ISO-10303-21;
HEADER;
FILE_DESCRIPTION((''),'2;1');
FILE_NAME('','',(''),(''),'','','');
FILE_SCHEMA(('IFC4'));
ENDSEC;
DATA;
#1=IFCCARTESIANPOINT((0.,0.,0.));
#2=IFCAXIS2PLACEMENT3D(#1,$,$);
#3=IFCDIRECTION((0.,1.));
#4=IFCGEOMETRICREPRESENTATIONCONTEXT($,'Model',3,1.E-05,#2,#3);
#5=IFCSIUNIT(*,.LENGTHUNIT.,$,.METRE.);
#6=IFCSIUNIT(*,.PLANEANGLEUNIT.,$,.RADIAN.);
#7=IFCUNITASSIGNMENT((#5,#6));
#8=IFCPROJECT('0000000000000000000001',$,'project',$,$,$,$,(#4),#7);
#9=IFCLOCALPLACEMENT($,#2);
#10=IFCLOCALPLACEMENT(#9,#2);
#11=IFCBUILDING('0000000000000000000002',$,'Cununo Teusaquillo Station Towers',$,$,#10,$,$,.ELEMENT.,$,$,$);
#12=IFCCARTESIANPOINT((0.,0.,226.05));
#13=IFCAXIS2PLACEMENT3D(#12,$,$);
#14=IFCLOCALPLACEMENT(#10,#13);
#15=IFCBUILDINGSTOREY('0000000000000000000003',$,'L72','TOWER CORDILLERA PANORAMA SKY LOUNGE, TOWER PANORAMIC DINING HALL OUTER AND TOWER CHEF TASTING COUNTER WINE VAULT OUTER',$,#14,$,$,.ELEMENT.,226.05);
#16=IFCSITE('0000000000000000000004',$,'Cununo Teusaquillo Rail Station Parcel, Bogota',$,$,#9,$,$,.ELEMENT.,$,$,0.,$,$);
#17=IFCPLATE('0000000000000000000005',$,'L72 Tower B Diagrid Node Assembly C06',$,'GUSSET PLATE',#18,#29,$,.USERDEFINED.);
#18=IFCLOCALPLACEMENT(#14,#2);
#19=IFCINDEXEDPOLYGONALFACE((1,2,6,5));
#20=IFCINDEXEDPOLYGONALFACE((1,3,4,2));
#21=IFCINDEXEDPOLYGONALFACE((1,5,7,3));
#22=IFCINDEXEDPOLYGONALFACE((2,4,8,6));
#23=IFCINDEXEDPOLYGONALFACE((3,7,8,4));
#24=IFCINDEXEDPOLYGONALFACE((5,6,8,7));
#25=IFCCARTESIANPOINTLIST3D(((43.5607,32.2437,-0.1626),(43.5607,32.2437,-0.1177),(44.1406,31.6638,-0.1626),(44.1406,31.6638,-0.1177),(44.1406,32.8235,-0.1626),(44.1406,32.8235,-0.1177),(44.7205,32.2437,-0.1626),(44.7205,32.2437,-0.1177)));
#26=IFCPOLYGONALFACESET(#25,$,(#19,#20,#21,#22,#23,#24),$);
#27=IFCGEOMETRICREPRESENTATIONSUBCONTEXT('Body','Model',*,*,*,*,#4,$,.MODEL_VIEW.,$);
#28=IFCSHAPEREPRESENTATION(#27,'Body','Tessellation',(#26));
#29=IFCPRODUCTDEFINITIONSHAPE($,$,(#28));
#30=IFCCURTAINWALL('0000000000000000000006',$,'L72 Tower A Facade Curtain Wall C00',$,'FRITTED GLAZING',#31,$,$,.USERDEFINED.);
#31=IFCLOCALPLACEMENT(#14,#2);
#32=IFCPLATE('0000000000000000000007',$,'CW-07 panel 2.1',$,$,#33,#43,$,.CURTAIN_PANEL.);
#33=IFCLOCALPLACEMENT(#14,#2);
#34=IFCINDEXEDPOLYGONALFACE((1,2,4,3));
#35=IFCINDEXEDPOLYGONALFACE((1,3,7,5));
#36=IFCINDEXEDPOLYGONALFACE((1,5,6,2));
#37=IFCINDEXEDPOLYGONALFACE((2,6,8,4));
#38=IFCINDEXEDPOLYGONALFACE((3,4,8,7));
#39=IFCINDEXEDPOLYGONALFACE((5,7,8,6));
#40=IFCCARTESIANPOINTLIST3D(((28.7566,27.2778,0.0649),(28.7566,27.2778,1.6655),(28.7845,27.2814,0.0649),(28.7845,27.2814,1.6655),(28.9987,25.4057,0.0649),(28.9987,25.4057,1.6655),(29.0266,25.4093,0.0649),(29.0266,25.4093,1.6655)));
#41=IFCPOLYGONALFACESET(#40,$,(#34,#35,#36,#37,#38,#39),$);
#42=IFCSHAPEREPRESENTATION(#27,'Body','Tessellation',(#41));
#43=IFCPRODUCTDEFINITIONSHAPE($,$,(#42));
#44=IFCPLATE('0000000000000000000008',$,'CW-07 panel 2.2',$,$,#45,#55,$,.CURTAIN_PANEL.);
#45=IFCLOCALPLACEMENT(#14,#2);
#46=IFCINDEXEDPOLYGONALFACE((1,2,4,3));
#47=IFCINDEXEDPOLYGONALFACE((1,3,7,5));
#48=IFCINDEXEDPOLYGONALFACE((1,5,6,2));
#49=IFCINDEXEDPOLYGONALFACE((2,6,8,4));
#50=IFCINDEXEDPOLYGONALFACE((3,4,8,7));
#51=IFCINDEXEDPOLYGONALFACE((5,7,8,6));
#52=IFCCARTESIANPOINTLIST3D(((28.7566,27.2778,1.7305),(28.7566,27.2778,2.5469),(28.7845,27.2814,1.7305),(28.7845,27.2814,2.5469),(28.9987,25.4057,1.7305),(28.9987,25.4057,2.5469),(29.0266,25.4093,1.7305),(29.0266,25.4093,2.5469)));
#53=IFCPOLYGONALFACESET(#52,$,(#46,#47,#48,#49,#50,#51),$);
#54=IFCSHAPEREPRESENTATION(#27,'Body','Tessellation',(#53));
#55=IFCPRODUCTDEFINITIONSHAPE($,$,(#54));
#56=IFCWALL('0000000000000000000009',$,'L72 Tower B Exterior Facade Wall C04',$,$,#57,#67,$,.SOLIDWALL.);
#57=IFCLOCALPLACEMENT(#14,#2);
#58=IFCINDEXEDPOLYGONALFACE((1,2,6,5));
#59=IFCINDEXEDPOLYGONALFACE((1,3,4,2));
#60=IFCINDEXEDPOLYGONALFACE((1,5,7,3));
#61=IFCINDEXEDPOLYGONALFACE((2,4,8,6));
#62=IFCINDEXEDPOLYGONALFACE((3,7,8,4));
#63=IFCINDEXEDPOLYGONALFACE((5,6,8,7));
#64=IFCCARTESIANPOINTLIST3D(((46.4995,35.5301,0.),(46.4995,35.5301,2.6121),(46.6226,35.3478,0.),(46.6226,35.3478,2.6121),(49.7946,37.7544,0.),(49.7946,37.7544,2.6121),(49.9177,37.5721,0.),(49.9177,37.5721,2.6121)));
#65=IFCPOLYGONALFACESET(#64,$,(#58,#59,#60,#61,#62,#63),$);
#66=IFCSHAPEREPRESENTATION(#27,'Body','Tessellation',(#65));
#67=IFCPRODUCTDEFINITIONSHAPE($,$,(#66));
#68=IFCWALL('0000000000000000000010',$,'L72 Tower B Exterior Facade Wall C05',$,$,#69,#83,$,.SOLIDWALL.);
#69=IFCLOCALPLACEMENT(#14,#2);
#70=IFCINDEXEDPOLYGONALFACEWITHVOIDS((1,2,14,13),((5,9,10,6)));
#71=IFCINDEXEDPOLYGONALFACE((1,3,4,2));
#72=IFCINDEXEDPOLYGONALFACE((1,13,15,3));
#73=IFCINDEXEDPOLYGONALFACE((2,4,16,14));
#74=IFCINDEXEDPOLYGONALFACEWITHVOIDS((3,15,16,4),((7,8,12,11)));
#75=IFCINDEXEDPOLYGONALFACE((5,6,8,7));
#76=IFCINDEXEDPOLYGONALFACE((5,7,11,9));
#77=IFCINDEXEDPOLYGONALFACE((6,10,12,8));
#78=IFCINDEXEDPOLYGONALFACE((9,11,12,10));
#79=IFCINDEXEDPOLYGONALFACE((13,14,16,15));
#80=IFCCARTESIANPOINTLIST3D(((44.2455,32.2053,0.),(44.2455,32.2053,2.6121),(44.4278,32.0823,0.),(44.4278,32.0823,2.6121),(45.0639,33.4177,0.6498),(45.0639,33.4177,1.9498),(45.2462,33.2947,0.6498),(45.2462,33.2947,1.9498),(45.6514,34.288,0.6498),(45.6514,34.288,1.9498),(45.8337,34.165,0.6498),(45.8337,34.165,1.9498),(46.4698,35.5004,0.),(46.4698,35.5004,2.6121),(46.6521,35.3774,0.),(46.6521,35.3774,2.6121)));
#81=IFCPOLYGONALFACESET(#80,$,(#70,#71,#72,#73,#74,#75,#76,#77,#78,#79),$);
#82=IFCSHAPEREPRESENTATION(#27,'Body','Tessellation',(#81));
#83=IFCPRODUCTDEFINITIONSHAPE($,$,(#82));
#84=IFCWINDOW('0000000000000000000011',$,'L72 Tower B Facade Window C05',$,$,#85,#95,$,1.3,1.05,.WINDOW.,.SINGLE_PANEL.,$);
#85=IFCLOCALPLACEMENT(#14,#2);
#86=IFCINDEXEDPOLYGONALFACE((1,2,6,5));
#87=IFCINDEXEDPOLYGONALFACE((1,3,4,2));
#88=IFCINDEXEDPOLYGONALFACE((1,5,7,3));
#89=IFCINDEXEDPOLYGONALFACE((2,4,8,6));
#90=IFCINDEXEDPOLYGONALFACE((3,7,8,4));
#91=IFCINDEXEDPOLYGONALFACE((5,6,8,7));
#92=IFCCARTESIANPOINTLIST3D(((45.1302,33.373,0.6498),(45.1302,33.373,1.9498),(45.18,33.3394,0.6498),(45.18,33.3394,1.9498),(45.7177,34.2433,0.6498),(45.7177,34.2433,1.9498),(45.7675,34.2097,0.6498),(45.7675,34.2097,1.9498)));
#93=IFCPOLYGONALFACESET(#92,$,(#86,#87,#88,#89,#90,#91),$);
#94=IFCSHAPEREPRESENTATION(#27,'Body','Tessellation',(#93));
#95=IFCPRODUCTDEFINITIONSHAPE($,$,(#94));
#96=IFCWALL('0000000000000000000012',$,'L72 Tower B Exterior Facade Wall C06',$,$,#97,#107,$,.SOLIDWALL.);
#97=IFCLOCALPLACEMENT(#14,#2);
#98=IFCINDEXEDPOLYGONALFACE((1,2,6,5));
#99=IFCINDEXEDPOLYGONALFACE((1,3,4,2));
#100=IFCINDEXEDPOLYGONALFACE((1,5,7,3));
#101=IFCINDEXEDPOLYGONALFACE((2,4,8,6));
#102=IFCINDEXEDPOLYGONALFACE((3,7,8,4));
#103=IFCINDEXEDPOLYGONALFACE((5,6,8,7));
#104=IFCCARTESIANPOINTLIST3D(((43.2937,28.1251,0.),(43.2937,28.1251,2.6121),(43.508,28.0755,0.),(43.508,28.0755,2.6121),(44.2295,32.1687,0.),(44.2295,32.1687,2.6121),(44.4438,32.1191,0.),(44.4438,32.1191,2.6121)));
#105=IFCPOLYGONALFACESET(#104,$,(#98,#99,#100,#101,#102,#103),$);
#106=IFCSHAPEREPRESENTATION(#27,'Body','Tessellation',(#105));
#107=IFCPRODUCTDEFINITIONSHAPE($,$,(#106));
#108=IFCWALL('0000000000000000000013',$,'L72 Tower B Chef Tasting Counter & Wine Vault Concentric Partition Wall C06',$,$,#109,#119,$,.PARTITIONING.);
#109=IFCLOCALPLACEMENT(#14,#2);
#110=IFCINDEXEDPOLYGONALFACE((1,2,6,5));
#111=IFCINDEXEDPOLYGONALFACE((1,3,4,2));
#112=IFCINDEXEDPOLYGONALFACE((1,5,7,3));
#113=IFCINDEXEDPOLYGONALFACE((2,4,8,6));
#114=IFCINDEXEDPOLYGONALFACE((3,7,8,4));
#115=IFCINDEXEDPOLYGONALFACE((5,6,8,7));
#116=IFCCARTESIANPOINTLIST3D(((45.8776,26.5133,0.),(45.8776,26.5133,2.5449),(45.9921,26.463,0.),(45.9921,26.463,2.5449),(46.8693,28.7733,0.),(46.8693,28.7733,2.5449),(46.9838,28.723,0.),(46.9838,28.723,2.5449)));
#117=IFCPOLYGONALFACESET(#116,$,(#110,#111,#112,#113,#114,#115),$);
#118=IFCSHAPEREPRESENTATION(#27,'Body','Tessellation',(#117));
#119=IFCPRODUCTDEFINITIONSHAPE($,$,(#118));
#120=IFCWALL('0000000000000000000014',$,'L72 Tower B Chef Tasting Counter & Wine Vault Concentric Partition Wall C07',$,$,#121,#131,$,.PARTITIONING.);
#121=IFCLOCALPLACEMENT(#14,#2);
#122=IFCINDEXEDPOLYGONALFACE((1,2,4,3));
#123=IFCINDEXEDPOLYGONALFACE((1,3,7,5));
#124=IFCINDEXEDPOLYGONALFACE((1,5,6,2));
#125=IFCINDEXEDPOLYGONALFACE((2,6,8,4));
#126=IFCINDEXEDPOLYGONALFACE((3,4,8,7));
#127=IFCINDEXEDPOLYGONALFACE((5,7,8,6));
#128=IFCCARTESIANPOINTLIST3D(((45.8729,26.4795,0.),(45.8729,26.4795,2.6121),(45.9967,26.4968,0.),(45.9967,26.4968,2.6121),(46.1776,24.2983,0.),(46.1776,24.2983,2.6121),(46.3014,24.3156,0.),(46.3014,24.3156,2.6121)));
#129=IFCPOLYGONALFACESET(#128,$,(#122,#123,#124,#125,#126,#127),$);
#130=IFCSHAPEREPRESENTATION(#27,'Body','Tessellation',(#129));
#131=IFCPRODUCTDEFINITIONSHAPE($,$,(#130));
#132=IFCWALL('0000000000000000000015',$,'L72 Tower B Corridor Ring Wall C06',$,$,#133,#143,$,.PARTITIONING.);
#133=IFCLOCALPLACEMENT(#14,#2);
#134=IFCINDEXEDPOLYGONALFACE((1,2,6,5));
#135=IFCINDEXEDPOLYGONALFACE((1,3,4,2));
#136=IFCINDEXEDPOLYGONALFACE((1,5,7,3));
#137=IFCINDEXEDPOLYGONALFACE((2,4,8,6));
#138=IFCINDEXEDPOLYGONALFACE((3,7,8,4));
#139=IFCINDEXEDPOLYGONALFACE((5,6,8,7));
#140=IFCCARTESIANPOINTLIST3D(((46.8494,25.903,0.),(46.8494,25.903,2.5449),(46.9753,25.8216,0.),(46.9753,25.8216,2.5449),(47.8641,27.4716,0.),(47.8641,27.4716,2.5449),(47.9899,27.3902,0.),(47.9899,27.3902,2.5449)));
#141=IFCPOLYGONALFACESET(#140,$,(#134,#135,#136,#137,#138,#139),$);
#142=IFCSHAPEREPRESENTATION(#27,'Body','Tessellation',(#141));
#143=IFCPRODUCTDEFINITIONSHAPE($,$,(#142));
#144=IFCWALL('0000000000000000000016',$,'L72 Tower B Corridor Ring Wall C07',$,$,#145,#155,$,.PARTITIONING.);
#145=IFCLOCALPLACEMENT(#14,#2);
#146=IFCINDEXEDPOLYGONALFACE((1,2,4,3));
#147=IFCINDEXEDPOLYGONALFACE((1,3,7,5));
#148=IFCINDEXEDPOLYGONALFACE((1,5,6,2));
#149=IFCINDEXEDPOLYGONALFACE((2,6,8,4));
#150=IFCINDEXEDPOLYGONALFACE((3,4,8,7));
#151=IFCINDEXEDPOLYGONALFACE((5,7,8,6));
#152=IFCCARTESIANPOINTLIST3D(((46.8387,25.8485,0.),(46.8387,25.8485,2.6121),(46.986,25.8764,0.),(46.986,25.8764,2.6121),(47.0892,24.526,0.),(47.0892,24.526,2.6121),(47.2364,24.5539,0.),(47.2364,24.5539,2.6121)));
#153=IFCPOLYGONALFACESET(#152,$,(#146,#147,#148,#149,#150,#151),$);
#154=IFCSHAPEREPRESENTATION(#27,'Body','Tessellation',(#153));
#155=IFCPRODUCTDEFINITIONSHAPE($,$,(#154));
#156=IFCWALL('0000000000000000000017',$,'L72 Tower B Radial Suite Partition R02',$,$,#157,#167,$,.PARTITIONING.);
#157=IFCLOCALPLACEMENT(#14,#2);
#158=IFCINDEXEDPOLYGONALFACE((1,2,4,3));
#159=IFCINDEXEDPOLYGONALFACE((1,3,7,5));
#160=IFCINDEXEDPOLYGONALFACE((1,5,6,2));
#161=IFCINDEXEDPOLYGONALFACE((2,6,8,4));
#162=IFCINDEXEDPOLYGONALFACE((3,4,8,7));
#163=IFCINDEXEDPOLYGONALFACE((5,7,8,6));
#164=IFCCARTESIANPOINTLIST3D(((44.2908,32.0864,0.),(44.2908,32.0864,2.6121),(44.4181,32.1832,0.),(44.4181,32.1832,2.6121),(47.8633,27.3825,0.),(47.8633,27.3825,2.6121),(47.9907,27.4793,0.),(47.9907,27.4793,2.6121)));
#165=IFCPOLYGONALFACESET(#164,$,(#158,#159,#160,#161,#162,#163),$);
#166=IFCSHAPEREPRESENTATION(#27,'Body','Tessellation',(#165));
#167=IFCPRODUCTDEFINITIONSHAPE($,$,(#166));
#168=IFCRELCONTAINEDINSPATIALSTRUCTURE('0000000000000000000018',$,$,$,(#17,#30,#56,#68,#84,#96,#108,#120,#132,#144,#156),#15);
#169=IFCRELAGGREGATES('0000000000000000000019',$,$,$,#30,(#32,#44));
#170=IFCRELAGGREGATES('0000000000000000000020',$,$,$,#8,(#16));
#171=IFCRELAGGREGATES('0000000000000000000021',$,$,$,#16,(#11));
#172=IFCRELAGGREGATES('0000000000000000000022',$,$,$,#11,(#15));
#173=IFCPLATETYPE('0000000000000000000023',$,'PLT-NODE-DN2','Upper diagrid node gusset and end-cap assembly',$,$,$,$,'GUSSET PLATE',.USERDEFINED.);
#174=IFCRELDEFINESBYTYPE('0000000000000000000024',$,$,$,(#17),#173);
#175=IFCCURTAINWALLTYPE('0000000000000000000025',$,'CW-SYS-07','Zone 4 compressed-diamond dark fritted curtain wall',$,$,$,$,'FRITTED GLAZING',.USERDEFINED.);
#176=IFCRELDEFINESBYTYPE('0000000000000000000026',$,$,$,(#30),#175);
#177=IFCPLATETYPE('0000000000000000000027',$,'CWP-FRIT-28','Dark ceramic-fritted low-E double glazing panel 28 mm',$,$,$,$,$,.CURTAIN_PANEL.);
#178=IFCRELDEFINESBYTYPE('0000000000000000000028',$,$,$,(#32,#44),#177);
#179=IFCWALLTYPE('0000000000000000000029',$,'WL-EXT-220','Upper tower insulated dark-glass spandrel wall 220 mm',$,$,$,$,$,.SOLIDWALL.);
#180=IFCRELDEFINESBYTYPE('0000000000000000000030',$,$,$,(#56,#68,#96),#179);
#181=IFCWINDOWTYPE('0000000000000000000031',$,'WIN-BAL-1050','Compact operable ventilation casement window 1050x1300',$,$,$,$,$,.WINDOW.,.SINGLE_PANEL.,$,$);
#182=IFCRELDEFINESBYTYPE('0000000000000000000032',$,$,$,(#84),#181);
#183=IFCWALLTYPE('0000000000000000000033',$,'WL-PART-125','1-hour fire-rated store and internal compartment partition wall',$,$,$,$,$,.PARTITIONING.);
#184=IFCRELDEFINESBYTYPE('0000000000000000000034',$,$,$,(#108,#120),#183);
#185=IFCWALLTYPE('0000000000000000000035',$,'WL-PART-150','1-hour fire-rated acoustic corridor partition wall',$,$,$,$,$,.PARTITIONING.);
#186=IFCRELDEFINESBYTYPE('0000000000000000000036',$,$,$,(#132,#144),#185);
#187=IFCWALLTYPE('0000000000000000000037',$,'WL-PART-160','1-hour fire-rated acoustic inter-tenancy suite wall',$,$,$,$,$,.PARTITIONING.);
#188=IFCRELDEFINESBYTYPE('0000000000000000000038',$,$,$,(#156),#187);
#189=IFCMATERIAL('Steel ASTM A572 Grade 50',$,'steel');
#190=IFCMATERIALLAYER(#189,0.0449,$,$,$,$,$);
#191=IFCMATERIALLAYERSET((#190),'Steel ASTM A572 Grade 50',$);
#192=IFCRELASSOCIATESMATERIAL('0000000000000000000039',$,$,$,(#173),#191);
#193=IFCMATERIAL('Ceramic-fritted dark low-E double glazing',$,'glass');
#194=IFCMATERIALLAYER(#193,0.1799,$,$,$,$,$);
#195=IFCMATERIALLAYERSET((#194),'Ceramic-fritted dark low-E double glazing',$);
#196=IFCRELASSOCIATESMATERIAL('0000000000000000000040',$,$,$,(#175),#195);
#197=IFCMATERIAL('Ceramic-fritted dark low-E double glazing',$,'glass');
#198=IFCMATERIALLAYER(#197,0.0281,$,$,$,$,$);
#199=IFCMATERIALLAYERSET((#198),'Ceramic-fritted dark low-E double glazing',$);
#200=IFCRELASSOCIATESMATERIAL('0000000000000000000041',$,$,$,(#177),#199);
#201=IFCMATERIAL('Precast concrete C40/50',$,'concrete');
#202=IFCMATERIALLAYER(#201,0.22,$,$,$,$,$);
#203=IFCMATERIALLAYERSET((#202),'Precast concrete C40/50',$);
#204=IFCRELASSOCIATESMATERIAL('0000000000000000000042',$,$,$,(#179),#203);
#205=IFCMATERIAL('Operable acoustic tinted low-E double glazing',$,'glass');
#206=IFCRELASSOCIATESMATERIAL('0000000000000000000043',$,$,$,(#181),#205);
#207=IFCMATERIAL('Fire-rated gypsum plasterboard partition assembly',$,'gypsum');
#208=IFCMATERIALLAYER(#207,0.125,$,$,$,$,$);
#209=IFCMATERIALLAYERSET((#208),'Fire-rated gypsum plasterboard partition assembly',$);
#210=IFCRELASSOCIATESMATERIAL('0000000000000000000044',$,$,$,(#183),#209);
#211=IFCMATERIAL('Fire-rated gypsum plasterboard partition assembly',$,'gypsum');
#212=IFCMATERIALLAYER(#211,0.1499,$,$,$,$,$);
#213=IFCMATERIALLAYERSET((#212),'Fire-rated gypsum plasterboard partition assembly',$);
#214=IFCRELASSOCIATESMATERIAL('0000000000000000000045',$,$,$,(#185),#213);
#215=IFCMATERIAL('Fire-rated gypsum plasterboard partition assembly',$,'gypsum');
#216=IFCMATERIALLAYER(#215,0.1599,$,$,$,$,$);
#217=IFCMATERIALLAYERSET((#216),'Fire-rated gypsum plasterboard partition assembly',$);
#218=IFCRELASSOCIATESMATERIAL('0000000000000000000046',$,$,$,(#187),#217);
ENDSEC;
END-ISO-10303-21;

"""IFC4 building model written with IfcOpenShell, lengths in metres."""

from ifc_helpers import new_model, si_unit, direction, frame, frame_2d, origin, origin_2d, place, context, subcontext, project, spatial, rectangle, extrude, source, transform, mapped, material, layer, layer_set, type_object, element, fill, aggregate, save


model = new_model("IFC4")

# Units and contexts
model_context = context("Model", 3, precision=1e-05, world=origin(), true_north=direction((0.0, 1.0)))
body_context = subcontext(model_context, "Body", "Model", "MODEL_VIEW")
ifc_project = project(units=[si_unit("LENGTHUNIT", "METRE"), si_unit("PLANEANGLEUNIT", "RADIAN")], contexts=[model_context])

# Site, building, storey
site_placement = place(None, origin())
site = spatial("IfcSite", under=ifc_project, at=site_placement, Name="Cununo Teusaquillo Rail Station Parcel, Bogota", CompositionType="ELEMENT", RefElevation=0.0)
building_placement = place(site_placement, origin())
building = spatial("IfcBuilding", under=site, at=building_placement, Name="Cununo Teusaquillo Station Towers", CompositionType="ELEMENT")
storey_placement = place(building_placement, frame((0.0, 0.0, 226.05)))
storey = spatial("IfcBuildingStorey", under=building, at=storey_placement, Name="L72", Description="TOWER CORDILLERA PANORAMA SKY LOUNGE, TOWER PANORAMIC DINING HALL OUTER AND TOWER CHEF TASTING COUNTER WINE VAULT OUTER", CompositionType="ELEMENT", Elevation=226.05)

# Plate
ifc_material_1 = material(Name="Steel ASTM A572 Grade 50", Category="steel")
ifc_layer_1 = layer(ifc_material_1, 0.0449)
ifc_layer_set_1 = layer_set([ifc_layer_1], Name="Steel ASTM A572 Grade 50")
plate_type_1 = type_object("IfcPlateType", Name="PLT-NODE-DN2", Description="Upper diagrid node gusset and end-cap assembly", ElementType="GUSSET PLATE", PredefinedType="USERDEFINED", material=ifc_layer_set_1)
shared_shape_1 = source(origin(), body_context, "Body", "SweptSolid", [
    extrude(rectangle(XDim=0.8201, YDim=0.8201, at=origin_2d()), origin(), (0.0, 0.0, 1.0), 0.0449),
])
for number, where, z_axis, x_axis, name in (
    (1, (44.1406, 32.2437, -0.1626), (0.0, 0.0, 1.0), (0.707107, 0.707107, 0.0), "L72 Tower B Diagrid Node Assembly C06"),
):
    element("IfcPlate", number, at=place(storey_placement, frame(where, z_axis=z_axis, x_axis=x_axis)), inside=storey, type_object=plate_type_1, Name=name, ObjectType="GUSSET PLATE", PredefinedType="USERDEFINED", context=body_context, shape_type="MappedRepresentation", body=[
        mapped(shared_shape_1, transform((0.0, 0.0, 0.0), x_axis=(1.0, 0.0, 0.0), y_axis=(0.0, 1.0, 0.0), z_axis=(0.0, 0.0, 1.0), scale=1.0)),
    ])

# Curtain wall, plates
ifc_material_2 = material(Name="Ceramic-fritted dark low-E double glazing", Category="glass")
ifc_layer_2 = layer(ifc_material_2, 0.1799)
ifc_layer_set_2 = layer_set([ifc_layer_2], Name="Ceramic-fritted dark low-E double glazing")
curtain_wall_type = type_object("IfcCurtainWallType", Name="CW-SYS-07", Description="Zone 4 compressed-diamond dark fritted curtain wall", ElementType="FRITTED GLAZING", PredefinedType="USERDEFINED", material=ifc_layer_set_2)
curtain_wall_placement = place(storey_placement, origin())
curtain_wall = element("IfcCurtainWall", 2, at=curtain_wall_placement, inside=storey, type_object=curtain_wall_type, Name="L72 Tower A Facade Curtain Wall C00", ObjectType="FRITTED GLAZING", PredefinedType="USERDEFINED")
ifc_material_3 = material(Name="Ceramic-fritted dark low-E double glazing", Category="glass")
ifc_layer_3 = layer(ifc_material_3, 0.0281)
ifc_layer_set_3 = layer_set([ifc_layer_3], Name="Ceramic-fritted dark low-E double glazing")
plate_type_2 = type_object("IfcPlateType", Name="CWP-FRIT-28", Description="Dark ceramic-fritted low-E double glazing panel 28 mm", PredefinedType="CURTAIN_PANEL", material=ifc_layer_set_3)
shared_shape_2 = source(origin(), body_context, "Body", "SweptSolid", [
    extrude(rectangle(XDim=1.8877, YDim=0.0281, at=origin_2d()), origin(), (0.0, 0.0, 1.0), 1.6006),
])
plate_1_placement = place(storey_placement, frame((28.8916, 26.3435, 0.0649), z_axis=(0.0, 0.0, 1.0), x_axis=(0.128253, -0.991742, 0.0)))
plate_1 = element("IfcPlate", 3, at=plate_1_placement, type_object=plate_type_2, Name="CW-07 panel 2.1", PredefinedType="CURTAIN_PANEL", context=body_context, shape_type="MappedRepresentation", body=[
    mapped(shared_shape_2, transform((0.0, 0.0, 0.0), x_axis=(1.0, 0.0, 0.0), y_axis=(0.0, 1.0, 0.0), z_axis=(0.0, 0.0, 1.0), scale=1.0)),
])
shared_shape_3 = source(origin(), body_context, "Body", "SweptSolid", [
    extrude(rectangle(XDim=1.8877, YDim=0.0281, at=origin_2d()), origin(), (0.0, 0.0, 1.0), 0.8164),
])
plate_2_placement = place(storey_placement, frame((28.8916, 26.3435, 1.7305), z_axis=(0.0, 0.0, 1.0), x_axis=(0.128253, -0.991742, 0.0)))
plate_2 = element("IfcPlate", 4, at=plate_2_placement, type_object=plate_type_2, Name="CW-07 panel 2.2", PredefinedType="CURTAIN_PANEL", context=body_context, shape_type="MappedRepresentation", body=[
    mapped(shared_shape_3, transform((0.0, 0.0, 0.0), x_axis=(1.0, 0.0, 0.0), y_axis=(0.0, 1.0, 0.0), z_axis=(0.0, 0.0, 1.0), scale=1.0)),
])
aggregate(curtain_wall, [plate_1, plate_2])

# Wall
ifc_material_4 = material(Name="Precast concrete C40/50", Category="concrete")
ifc_layer_4 = layer(ifc_material_4, 0.22)
ifc_layer_set_4 = layer_set([ifc_layer_4], Name="Precast concrete C40/50")
wall_type_1 = type_object("IfcWallType", Name="WL-EXT-220", Description="Upper tower insulated dark-glass spandrel wall 220 mm", PredefinedType="SOLIDWALL", material=ifc_layer_set_4)
wall_1_placement = place(storey_placement, frame((46.561, 35.439, 0.0), z_axis=(0.0, 0.0, 1.0), x_axis=(0.828834, 0.559495, 0.0)))
element("IfcWall", 5, at=wall_1_placement, inside=storey, type_object=wall_type_1, Name="L72 Tower B Exterior Facade Wall C04", PredefinedType="SOLIDWALL", context=body_context, shape_type="SweptSolid", body=[
    extrude(rectangle(XDim=3.9756, YDim=0.22, at=frame_2d((1.9878, 0.0))), origin(), (0.0, 0.0, 1.0), 2.6121),
])

# Wall, opening, window
wall_2_placement = place(storey_placement, frame((44.3367, 32.1438, 0.0), z_axis=(0.0, 0.0, 1.0), x_axis=(0.559495, 0.828834, 0.0)))
wall_2 = element("IfcWall", 6, at=wall_2_placement, inside=storey, type_object=wall_type_1, Name="L72 Tower B Exterior Facade Wall C05", PredefinedType="SOLIDWALL", context=body_context, shape_type="SweptSolid", body=[
    extrude(rectangle(XDim=3.9756, YDim=0.22, at=frame_2d((1.9878, 0.0))), origin(), (0.0, 0.0, 1.0), 2.6121),
])
shared_shape_4 = source(origin(), body_context, "Body", "SweptSolid", [
    extrude(rectangle(XDim=1.05, YDim=1.3, at=frame_2d((0.5249, 0.6499))), frame((0.0, 0.1199, 0.0), z_axis=(0.0, -1.0, 0.0), x_axis=(1.0, 0.0, 0.0)), (0.0, 0.0, 1.0), 0.24),
])
opening_placement = place(wall_2_placement, frame((1.4629, 0.0, 0.6499)))
opening = element("IfcOpeningElement", 7, at=opening_placement, cuts=wall_2, PredefinedType="OPENING", context=body_context, shape_type="MappedRepresentation", body=[
    mapped(shared_shape_4, transform((0.0, 0.0, 0.0), x_axis=(1.0, 0.0, 0.0), y_axis=(0.0, 1.0, 0.0), z_axis=(0.0, 0.0, 1.0), scale=1.0)),
])
ifc_material_5 = material(Name="Operable acoustic tinted low-E double glazing", Category="glass")
window_type = type_object("IfcWindowType", Name="WIN-BAL-1050", Description="Compact operable ventilation casement window 1050x1300", PartitioningType="SINGLE_PANEL", PredefinedType="WINDOW", material=ifc_material_5)
shared_shape_5 = source(origin(), body_context, "Body", "SweptSolid", [
    extrude(rectangle(XDim=1.05, YDim=1.3, at=frame_2d((0.5249, 0.6499))), frame((0.0, 0.03, 0.0), z_axis=(0.0, -1.0, 0.0), x_axis=(1.0, 0.0, 0.0)), (0.0, 0.0, 1.0), 0.0601),
])
window_placement = place(opening_placement, origin())
window = element("IfcWindow", 8, at=window_placement, inside=storey, type_object=window_type, Name="L72 Tower B Facade Window C05", OverallHeight=1.3, OverallWidth=1.05, PartitioningType="SINGLE_PANEL", PredefinedType="WINDOW", context=body_context, shape_type="MappedRepresentation", body=[
    mapped(shared_shape_5, transform((0.0, 0.0, 0.0), x_axis=(1.0, 0.0, 0.0), y_axis=(0.0, 1.0, 0.0), z_axis=(0.0, 0.0, 1.0), scale=1.0)),
])
fill(opening, window)

# Walls
wall_3_placement = place(storey_placement, frame((43.4009, 28.1003, 0.0), z_axis=(0.0, 0.0, 1.0), x_axis=(0.225474, 0.974249, 0.0)))
element("IfcWall", 9, at=wall_3_placement, inside=storey, type_object=wall_type_1, Name="L72 Tower B Exterior Facade Wall C06", PredefinedType="SOLIDWALL", context=body_context, shape_type="SweptSolid", body=[
    extrude(rectangle(XDim=4.1504, YDim=0.22, at=frame_2d((2.0752, 0.0))), origin(), (0.0, 0.0, 1.0), 2.6121),
])
ifc_material_6 = material(Name="Fire-rated gypsum plasterboard partition assembly", Category="gypsum")
ifc_layer_5 = layer(ifc_material_6, 0.125)
ifc_layer_set_5 = layer_set([ifc_layer_5], Name="Fire-rated gypsum plasterboard partition assembly")
wall_type_2 = type_object("IfcWallType", Name="WL-PART-125", Description="1-hour fire-rated store and internal compartment partition wall", PredefinedType="PARTITIONING", material=ifc_layer_set_5)
wall_4_placement = place(storey_placement, frame((46.9265, 28.748, 0.0), z_axis=(0.0, 0.0, 1.0), x_axis=(-0.40182, -0.915719, 0.0)))
element("IfcWall", 10, at=wall_4_placement, inside=storey, type_object=wall_type_2, Name="L72 Tower B Chef Tasting Counter & Wine Vault Concentric Partition Wall C06", PredefinedType="PARTITIONING", context=body_context, shape_type="SweptSolid", body=[
    extrude(rectangle(XDim=2.468, YDim=0.125, at=frame_2d((1.2339, 0.0))), origin(), (0.0, 0.0, 1.0), 2.5449),
])
wall_5_placement = place(storey_placement, frame((45.9348, 26.488, 0.0), z_axis=(0.0, 0.0, 1.0), x_axis=(0.138348, -0.990384, 0.0)))
element("IfcWall", 11, at=wall_5_placement, inside=storey, type_object=wall_type_2, Name="L72 Tower B Chef Tasting Counter & Wine Vault Concentric Partition Wall C07", PredefinedType="PARTITIONING", context=body_context, shape_type="SweptSolid", body=[
    extrude(rectangle(XDim=2.2024, YDim=0.125, at=frame_2d((1.1011, 0.0))), origin(), (0.0, 0.0, 1.0), 2.6121),
])
ifc_material_7 = material(Name="Fire-rated gypsum plasterboard partition assembly", Category="gypsum")
ifc_layer_6 = layer(ifc_material_7, 0.1499)
ifc_layer_set_6 = layer_set([ifc_layer_6], Name="Fire-rated gypsum plasterboard partition assembly")
wall_type_3 = type_object("IfcWallType", Name="WL-PART-150", Description="1-hour fire-rated acoustic corridor partition wall", PredefinedType="PARTITIONING", material=ifc_layer_set_6)
wall_6_placement = place(storey_placement, frame((47.927, 27.4309, 0.0), z_axis=(0.0, 0.0, 1.0), x_axis=(-0.543127, -0.839651, 0.0)))
element("IfcWall", 12, at=wall_6_placement, inside=storey, type_object=wall_type_3, Name="L72 Tower B Corridor Ring Wall C06", PredefinedType="PARTITIONING", context=body_context, shape_type="SweptSolid", body=[
    extrude(rectangle(XDim=1.8682, YDim=0.1499, at=frame_2d((0.9341, 0.0))), origin(), (0.0, 0.0, 1.0), 2.5449),
])
wall_7_placement = place(storey_placement, frame((46.9124, 25.8623, 0.0), z_axis=(0.0, 0.0, 1.0), x_axis=(0.186095, -0.982532, 0.0)))
element("IfcWall", 13, at=wall_7_placement, inside=storey, type_object=wall_type_3, Name="L72 Tower B Corridor Ring Wall C07", PredefinedType="PARTITIONING", context=body_context, shape_type="SweptSolid", body=[
    extrude(rectangle(XDim=1.3459, YDim=0.1499, at=frame_2d((0.6729, 0.0))), origin(), (0.0, 0.0, 1.0), 2.6121),
])
ifc_material_8 = material(Name="Fire-rated gypsum plasterboard partition assembly", Category="gypsum")
ifc_layer_7 = layer(ifc_material_8, 0.1599)
ifc_layer_set_7 = layer_set([ifc_layer_7], Name="Fire-rated gypsum plasterboard partition assembly")
wall_type_4 = type_object("IfcWallType", Name="WL-PART-160", Description="1-hour fire-rated acoustic inter-tenancy suite wall", PredefinedType="PARTITIONING", material=ifc_layer_set_7)
wall_8_placement = place(storey_placement, frame((47.927, 27.4309, 0.0), z_axis=(0.0, 0.0, 1.0), x_axis=(-0.604823, 0.79636, 0.0)))
element("IfcWall", 14, at=wall_8_placement, inside=storey, type_object=wall_type_4, Name="L72 Tower B Radial Suite Partition R02", PredefinedType="PARTITIONING", context=body_context, shape_type="SweptSolid", body=[
    extrude(rectangle(XDim=5.9067, YDim=0.1599, at=frame_2d((2.9534, 0.0))), origin(), (0.0, 0.0, 1.0), 2.6121),
])

save(model, "model.ifc")
